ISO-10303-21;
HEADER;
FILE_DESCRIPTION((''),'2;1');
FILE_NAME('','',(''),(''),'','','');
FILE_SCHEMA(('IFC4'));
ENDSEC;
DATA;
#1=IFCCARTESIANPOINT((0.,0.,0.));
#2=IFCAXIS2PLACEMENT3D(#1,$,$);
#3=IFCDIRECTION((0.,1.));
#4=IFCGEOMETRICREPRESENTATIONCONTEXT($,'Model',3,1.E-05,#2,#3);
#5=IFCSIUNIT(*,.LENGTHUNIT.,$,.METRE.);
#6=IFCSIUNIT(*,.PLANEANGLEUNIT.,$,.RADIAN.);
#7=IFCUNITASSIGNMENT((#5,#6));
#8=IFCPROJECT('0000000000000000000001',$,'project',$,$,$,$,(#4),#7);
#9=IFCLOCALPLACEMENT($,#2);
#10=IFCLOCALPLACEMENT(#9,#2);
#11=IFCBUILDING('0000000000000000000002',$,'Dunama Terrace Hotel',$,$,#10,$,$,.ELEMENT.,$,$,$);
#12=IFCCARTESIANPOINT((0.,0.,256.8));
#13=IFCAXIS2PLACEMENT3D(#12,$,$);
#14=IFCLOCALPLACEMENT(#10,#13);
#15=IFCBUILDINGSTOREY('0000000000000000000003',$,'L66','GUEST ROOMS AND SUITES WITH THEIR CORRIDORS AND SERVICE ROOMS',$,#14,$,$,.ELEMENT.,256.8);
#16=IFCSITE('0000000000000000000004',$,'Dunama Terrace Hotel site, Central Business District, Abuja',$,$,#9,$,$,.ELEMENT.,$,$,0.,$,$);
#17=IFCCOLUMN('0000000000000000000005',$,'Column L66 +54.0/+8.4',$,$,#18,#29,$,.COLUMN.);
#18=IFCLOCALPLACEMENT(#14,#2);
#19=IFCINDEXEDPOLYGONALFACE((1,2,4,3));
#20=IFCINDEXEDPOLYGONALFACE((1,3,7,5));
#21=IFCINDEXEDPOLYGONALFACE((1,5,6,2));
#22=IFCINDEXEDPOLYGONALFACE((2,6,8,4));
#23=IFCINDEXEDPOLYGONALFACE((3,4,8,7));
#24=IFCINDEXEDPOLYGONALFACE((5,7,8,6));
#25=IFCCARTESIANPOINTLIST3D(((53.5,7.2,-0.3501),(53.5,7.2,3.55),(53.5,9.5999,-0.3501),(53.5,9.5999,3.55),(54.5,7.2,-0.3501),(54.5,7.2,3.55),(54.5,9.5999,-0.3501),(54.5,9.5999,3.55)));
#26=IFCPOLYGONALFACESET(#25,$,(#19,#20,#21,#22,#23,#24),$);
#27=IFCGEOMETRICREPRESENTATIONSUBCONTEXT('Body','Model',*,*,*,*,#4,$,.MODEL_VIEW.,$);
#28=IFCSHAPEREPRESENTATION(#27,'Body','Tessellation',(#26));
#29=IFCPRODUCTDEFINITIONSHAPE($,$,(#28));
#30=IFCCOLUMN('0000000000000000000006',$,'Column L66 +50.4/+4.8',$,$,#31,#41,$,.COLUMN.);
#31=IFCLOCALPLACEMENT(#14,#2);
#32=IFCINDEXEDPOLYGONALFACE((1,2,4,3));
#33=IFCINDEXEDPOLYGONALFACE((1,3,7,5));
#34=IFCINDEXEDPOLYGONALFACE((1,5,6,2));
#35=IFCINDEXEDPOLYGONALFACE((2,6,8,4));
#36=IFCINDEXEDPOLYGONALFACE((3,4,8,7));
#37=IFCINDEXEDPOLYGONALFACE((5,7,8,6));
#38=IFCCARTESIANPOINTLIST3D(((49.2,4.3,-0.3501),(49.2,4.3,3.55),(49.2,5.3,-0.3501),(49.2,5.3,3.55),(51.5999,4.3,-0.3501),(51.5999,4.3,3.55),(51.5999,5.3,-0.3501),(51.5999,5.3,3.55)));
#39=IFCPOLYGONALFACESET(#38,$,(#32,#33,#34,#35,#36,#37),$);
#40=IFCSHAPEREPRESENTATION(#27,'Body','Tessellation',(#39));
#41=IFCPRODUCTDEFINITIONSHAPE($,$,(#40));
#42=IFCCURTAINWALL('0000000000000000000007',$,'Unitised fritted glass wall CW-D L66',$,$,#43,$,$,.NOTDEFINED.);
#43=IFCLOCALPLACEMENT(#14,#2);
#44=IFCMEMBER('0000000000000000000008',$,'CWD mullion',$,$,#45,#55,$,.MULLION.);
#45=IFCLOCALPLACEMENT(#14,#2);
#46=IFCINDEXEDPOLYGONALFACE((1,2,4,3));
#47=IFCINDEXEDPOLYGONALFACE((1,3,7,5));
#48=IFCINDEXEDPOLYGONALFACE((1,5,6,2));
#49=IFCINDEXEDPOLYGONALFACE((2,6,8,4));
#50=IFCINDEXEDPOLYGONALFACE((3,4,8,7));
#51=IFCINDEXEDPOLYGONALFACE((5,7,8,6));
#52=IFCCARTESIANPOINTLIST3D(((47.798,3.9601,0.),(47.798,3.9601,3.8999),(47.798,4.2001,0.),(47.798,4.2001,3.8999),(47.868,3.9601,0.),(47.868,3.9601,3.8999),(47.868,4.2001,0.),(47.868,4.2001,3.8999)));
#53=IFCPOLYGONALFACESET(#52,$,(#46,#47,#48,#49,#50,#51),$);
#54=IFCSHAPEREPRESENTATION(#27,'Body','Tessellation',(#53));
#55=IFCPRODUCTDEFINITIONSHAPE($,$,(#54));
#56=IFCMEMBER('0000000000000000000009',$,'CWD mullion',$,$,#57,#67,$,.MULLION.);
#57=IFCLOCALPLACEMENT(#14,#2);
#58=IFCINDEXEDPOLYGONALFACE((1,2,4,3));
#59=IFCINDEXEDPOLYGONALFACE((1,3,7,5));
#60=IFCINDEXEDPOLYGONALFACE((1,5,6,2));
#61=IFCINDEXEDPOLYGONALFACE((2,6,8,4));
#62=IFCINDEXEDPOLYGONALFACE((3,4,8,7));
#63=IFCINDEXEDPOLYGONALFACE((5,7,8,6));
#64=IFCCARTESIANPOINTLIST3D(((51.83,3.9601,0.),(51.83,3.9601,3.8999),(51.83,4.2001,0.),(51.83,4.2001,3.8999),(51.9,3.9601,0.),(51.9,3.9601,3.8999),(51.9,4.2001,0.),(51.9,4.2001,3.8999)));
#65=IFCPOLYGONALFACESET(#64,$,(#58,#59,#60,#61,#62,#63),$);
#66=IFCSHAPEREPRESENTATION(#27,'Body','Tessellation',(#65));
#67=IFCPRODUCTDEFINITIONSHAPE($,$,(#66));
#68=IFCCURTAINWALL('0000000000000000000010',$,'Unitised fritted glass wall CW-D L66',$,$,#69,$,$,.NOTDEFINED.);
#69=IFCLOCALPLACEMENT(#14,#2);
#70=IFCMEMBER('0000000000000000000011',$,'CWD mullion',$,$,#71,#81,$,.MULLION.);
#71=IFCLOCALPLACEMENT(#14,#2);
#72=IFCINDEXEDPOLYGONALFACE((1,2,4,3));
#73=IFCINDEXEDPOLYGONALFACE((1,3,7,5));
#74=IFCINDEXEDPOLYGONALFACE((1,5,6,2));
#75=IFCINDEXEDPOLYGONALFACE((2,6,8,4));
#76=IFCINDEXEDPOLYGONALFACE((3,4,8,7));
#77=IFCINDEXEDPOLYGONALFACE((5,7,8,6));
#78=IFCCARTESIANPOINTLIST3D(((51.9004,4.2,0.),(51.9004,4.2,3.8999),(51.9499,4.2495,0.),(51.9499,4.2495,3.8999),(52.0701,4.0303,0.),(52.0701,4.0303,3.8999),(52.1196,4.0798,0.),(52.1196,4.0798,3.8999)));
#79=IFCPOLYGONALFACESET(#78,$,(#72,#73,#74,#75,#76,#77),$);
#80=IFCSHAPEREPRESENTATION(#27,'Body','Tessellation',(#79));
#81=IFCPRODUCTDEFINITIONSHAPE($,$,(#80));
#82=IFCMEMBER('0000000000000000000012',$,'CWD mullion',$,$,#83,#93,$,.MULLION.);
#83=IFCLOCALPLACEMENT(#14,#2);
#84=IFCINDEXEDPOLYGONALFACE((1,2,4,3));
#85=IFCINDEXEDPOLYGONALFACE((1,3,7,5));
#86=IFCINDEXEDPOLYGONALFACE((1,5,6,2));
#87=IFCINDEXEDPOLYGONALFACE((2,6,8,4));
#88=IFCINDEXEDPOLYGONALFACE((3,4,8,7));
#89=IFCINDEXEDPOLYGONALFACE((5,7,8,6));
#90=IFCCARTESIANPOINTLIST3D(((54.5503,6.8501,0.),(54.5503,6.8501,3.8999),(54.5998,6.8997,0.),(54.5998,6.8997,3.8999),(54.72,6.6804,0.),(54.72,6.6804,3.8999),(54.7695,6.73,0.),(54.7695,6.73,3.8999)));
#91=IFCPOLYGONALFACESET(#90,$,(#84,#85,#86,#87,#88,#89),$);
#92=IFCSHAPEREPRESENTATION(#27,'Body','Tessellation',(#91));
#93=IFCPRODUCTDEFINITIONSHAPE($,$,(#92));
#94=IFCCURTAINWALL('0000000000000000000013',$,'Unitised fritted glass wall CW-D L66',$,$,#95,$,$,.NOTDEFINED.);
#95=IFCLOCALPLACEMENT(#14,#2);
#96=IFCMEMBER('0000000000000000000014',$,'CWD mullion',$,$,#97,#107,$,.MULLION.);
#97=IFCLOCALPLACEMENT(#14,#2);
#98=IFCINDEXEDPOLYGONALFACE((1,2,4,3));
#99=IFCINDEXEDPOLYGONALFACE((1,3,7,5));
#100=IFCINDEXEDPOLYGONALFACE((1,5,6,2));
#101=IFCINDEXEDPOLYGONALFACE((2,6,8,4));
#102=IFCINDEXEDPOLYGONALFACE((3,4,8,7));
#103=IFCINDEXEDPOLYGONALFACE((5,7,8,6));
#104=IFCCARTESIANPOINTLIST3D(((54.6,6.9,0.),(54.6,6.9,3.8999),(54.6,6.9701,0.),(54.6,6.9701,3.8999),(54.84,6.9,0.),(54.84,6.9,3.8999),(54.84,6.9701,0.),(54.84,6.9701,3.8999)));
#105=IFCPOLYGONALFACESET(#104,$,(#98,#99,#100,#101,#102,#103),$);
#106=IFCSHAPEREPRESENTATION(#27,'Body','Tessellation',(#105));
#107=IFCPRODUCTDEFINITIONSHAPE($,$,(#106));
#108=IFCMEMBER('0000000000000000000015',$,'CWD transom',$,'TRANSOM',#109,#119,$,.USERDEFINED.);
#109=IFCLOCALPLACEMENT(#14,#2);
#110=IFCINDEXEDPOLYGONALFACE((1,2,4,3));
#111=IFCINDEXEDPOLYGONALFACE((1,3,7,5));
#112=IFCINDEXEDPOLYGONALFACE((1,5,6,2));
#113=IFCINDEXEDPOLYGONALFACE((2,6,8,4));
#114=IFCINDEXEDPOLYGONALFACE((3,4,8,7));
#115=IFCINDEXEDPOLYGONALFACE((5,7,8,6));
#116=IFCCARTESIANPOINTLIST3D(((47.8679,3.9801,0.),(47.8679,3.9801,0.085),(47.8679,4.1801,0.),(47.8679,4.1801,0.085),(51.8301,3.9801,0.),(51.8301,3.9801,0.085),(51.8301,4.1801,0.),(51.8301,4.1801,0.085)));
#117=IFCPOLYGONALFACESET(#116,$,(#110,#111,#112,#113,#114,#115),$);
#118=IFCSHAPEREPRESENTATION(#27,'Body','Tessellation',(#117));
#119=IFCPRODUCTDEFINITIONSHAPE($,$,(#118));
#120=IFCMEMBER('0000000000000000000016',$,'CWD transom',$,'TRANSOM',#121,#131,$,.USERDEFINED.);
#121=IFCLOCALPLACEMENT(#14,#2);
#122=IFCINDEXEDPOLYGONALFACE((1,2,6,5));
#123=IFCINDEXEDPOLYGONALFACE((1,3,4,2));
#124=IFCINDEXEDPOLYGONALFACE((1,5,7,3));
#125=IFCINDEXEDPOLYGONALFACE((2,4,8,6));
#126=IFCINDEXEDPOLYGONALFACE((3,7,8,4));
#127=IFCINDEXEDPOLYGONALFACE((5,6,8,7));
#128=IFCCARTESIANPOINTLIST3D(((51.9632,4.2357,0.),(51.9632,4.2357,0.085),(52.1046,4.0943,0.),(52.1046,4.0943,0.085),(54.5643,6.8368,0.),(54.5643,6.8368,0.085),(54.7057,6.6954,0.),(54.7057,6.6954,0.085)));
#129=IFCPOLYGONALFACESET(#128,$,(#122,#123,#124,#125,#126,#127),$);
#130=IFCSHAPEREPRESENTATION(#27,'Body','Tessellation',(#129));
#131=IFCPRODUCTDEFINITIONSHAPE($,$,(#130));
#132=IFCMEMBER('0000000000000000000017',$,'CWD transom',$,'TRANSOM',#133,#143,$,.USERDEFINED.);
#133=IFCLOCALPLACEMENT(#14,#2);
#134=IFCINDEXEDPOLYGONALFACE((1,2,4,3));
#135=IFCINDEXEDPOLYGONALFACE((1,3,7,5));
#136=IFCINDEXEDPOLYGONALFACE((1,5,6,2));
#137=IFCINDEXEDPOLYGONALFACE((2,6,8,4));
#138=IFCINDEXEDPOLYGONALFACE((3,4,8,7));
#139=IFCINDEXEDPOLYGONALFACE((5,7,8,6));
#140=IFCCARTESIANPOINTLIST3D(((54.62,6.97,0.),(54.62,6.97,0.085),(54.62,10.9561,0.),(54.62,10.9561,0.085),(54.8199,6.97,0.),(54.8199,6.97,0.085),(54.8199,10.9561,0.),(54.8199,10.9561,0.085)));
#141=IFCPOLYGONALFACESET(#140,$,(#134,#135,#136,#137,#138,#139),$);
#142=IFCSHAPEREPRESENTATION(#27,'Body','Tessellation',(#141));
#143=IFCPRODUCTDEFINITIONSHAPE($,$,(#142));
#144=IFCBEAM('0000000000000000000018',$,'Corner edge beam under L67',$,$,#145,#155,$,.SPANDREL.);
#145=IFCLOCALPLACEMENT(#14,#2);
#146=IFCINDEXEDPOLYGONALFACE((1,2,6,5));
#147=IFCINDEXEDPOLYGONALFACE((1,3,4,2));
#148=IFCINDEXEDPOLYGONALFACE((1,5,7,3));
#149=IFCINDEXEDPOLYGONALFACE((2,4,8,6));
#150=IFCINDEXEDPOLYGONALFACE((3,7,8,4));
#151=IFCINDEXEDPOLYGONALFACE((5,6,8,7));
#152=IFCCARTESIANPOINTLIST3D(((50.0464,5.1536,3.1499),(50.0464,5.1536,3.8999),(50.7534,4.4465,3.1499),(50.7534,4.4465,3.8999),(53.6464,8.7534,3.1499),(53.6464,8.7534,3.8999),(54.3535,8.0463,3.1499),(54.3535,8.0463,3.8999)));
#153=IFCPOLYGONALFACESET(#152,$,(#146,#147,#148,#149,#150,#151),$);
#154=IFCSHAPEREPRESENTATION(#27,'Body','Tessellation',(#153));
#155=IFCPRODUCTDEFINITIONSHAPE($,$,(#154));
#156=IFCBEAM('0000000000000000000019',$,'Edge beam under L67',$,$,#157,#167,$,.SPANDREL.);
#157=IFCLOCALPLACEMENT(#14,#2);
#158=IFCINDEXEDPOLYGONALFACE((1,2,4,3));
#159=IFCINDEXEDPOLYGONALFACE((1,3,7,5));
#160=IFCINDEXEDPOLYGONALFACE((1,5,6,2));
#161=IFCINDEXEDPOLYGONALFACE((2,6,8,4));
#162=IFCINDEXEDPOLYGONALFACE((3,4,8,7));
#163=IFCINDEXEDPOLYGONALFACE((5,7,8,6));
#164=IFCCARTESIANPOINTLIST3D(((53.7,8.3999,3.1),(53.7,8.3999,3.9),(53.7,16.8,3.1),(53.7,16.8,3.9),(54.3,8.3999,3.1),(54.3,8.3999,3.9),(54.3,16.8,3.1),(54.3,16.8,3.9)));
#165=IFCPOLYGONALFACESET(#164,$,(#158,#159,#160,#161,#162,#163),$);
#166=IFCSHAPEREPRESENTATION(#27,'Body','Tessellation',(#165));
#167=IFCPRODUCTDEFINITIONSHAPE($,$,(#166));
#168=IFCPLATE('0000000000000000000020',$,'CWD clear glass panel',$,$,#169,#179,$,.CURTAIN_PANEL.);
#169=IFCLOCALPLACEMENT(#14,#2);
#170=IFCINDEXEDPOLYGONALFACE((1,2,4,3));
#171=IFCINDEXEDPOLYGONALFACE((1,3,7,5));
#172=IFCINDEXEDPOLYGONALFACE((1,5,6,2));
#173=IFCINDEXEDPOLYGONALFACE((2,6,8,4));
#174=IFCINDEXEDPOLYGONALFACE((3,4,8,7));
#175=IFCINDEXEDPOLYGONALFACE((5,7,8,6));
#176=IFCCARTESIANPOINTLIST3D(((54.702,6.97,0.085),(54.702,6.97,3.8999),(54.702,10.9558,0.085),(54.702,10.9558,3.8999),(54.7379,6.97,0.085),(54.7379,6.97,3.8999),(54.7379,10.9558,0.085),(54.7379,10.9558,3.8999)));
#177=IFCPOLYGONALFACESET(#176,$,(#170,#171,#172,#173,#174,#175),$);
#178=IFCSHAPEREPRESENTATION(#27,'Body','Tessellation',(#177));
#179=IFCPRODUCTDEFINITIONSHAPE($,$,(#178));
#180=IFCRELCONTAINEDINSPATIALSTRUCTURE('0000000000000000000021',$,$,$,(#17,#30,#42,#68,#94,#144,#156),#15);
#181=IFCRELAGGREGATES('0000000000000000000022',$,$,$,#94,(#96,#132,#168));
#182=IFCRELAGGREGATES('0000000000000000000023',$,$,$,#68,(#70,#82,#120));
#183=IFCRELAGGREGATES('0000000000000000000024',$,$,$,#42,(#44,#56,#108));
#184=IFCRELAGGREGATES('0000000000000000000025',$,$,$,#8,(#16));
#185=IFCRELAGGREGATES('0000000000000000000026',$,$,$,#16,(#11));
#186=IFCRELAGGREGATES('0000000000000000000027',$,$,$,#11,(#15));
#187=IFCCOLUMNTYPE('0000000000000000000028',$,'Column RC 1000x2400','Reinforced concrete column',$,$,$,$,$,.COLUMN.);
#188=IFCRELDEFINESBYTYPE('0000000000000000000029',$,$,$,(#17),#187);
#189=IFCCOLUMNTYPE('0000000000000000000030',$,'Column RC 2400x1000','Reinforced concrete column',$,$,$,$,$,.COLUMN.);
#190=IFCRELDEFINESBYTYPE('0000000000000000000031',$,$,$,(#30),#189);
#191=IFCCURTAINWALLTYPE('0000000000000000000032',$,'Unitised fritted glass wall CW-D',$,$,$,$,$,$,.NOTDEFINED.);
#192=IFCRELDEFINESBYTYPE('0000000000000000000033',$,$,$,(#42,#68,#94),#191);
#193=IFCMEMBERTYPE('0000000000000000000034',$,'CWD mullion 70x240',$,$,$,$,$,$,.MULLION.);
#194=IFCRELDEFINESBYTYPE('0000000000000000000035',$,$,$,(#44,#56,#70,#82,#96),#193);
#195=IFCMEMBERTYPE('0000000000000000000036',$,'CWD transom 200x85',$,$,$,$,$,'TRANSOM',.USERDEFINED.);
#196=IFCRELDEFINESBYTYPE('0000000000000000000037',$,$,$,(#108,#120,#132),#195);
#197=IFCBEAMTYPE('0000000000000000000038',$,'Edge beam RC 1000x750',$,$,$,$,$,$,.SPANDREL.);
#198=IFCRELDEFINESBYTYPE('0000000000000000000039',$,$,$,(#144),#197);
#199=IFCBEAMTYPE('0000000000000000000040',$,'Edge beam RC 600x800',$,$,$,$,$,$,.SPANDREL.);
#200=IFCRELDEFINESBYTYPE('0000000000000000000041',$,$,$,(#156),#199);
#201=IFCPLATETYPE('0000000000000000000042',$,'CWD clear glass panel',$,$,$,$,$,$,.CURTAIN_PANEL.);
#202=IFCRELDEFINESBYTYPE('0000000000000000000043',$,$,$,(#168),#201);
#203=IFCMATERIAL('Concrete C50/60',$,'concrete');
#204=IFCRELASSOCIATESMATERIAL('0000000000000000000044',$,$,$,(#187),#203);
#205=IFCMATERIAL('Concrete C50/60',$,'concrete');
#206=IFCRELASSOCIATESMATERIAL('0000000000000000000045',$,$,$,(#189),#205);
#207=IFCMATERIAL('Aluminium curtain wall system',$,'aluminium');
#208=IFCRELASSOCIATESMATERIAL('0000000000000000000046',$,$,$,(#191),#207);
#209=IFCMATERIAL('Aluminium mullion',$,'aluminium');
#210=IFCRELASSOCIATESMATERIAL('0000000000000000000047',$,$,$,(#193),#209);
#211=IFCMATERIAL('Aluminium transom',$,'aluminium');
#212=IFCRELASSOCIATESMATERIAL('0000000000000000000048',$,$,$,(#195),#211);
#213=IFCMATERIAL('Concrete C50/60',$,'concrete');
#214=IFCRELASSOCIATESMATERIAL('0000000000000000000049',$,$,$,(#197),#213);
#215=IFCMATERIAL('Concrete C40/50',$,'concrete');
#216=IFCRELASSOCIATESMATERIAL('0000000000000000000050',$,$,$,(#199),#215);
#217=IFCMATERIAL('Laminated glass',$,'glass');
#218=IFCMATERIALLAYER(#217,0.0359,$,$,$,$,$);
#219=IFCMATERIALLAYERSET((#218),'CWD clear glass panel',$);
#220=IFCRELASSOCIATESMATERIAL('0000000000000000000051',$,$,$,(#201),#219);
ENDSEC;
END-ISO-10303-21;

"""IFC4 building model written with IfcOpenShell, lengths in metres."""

from ifc_helpers import new_model, si_unit, direction, frame, origin, origin_2d, place, context, subcontext, project, spatial, rectangle, extrude, material, layer, layer_set, material_profile, profile_set, type_object, element, aggregate, save


model = new_model("IFC4")

# Units and contexts
model_context = context("Model", 3, precision=1e-05, world=origin(), true_north=direction((0.0, 1.0)))
body_context = subcontext(model_context, "Body", "Model", "MODEL_VIEW")
ifc_project = project(units=[si_unit("LENGTHUNIT", "METRE"), si_unit("PLANEANGLEUNIT", "RADIAN")], contexts=[model_context])

# Site, building, storey
site_placement = place(None, origin())
site = spatial("IfcSite", under=ifc_project, at=site_placement, Name="Dunama Terrace Hotel site, Central Business District, Abuja", CompositionType="ELEMENT", RefElevation=0.0)
building_placement = place(site_placement, origin())
building = spatial("IfcBuilding", under=site, at=building_placement, Name="Dunama Terrace Hotel", CompositionType="ELEMENT")
storey_placement = place(building_placement, frame((0.0, 0.0, 256.8)))
storey = spatial("IfcBuildingStorey", under=building, at=storey_placement, Name="L66", Description="GUEST ROOMS AND SUITES WITH THEIR CORRIDORS AND SERVICE ROOMS", CompositionType="ELEMENT", Elevation=256.8)

# Columns
ifc_material_1 = material(Name="Concrete C50/60", Category="concrete")
ifc_material_profile_1 = material_profile(ifc_material_1, rectangle(XDim=1.0, YDim=2.3999, at=origin_2d()), Name="RC 1000x2400")
ifc_profile_set_1 = profile_set([ifc_material_profile_1], Name="Concrete C50/60")
column_type_1 = type_object("IfcColumnType", Name="Column RC 1000x2400", Description="Reinforced concrete column", PredefinedType="COLUMN", material=ifc_profile_set_1)
column_1_placement = place(storey_placement, frame((54.0, 8.3999, -0.3501), z_axis=(0.0, 0.0, 1.0), x_axis=(1.0, 0.0, 0.0)))
element("IfcColumn", 1, at=column_1_placement, inside=storey, type_object=column_type_1, Name="Column L66 +54.0/+8.4", PredefinedType="COLUMN", context=body_context, shape_type="SweptSolid", body=[
    extrude(rectangle(XDim=1.0, YDim=2.3999, at=origin_2d()), origin(), (0.0, 0.0, 1.0), 3.9001),
])
ifc_material_2 = material(Name="Concrete C50/60", Category="concrete")
ifc_material_profile_2 = material_profile(ifc_material_2, rectangle(XDim=2.3999, YDim=1.0, at=origin_2d()), Name="RC 2400x1000")
ifc_profile_set_2 = profile_set([ifc_material_profile_2], Name="Concrete C50/60")
column_type_2 = type_object("IfcColumnType", Name="Column RC 2400x1000", Description="Reinforced concrete column", PredefinedType="COLUMN", material=ifc_profile_set_2)
column_2_placement = place(storey_placement, frame((50.3999, 4.8, -0.3501), z_axis=(0.0, 0.0, 1.0), x_axis=(1.0, 0.0, 0.0)))
element("IfcColumn", 2, at=column_2_placement, inside=storey, type_object=column_type_2, Name="Column L66 +50.4/+4.8", PredefinedType="COLUMN", context=body_context, shape_type="SweptSolid", body=[
    extrude(rectangle(XDim=2.3999, YDim=1.0, at=origin_2d()), origin(), (0.0, 0.0, 1.0), 3.9001),
])

# Curtain walls, members
ifc_material_3 = material(Name="Aluminium curtain wall system", Category="aluminium")
curtain_wall_type = type_object("IfcCurtainWallType", Name="Unitised fritted glass wall CW-D", PredefinedType="NOTDEFINED", material=ifc_material_3)
curtain_wall_1_placement = place(storey_placement, origin())
curtain_wall_1 = element("IfcCurtainWall", 3, at=curtain_wall_1_placement, inside=storey, type_object=curtain_wall_type, Name="Unitised fritted glass wall CW-D L66", PredefinedType="NOTDEFINED")
ifc_material_4 = material(Name="Aluminium mullion", Category="aluminium")
ifc_material_profile_3 = material_profile(ifc_material_4, rectangle(XDim=0.0701, YDim=0.24, at=origin_2d()), Name="CWD MULLION 70X240")
ifc_profile_set_3 = profile_set([ifc_material_profile_3], Name="Aluminium mullion")
member_type_1 = type_object("IfcMemberType", Name="CWD mullion 70x240", PredefinedType="MULLION", material=ifc_profile_set_3)
member_1_placement = place(storey_placement, frame((47.833, 4.0801, 0.0), z_axis=(0.0, 0.0, 1.0), x_axis=(1.0, 0.0, 0.0)))
member_1 = element("IfcMember", 4, at=member_1_placement, type_object=member_type_1, Name="CWD mullion", PredefinedType="MULLION", context=body_context, shape_type="SweptSolid", body=[
    extrude(rectangle(XDim=0.0701, YDim=0.24, at=origin_2d()), origin(), (0.0, 0.0, 1.0), 3.8999),
])
member_2_placement = place(storey_placement, frame((51.865, 4.0801, 0.0), z_axis=(0.0, 0.0, 1.0), x_axis=(1.0, 0.0, 0.0)))
member_2 = element("IfcMember", 5, at=member_2_placement, type_object=member_type_1, Name="CWD mullion", PredefinedType="MULLION", context=body_context, shape_type="SweptSolid", body=[
    extrude(rectangle(XDim=0.0701, YDim=0.24, at=origin_2d()), origin(), (0.0, 0.0, 1.0), 3.8999),
])
curtain_wall_2_placement = place(storey_placement, origin())
curtain_wall_2 = element("IfcCurtainWall", 6, at=curtain_wall_2_placement, inside=storey, type_object=curtain_wall_type, Name="Unitised fritted glass wall CW-D L66", PredefinedType="NOTDEFINED")
member_3_placement = place(storey_placement, frame((52.01, 4.1399, 0.0), z_axis=(0.0, 0.0, 1.0), x_axis=(0.707107, 0.707107, 0.0)))
member_3 = element("IfcMember", 7, at=member_3_placement, type_object=member_type_1, Name="CWD mullion", PredefinedType="MULLION", context=body_context, shape_type="SweptSolid", body=[
    extrude(rectangle(XDim=0.0701, YDim=0.24, at=origin_2d()), origin(), (0.0, 0.0, 1.0), 3.8999),
])
member_4_placement = place(storey_placement, frame((54.6599, 6.79, 0.0), z_axis=(0.0, 0.0, 1.0), x_axis=(0.707107, 0.707107, 0.0)))
member_4 = element("IfcMember", 8, at=member_4_placement, type_object=member_type_1, Name="CWD mullion", PredefinedType="MULLION", context=body_context, shape_type="SweptSolid", body=[
    extrude(rectangle(XDim=0.0701, YDim=0.24, at=origin_2d()), origin(), (0.0, 0.0, 1.0), 3.8999),
])

# Curtain wall, member
curtain_wall_3_placement = place(storey_placement, origin())
curtain_wall_3 = element("IfcCurtainWall", 9, at=curtain_wall_3_placement, inside=storey, type_object=curtain_wall_type, Name="Unitised fritted glass wall CW-D L66", PredefinedType="NOTDEFINED")
member_5_placement = place(storey_placement, frame((54.72, 6.9351, 0.0), z_axis=(0.0, 0.0, 1.0), x_axis=(0.0, 1.0, 0.0)))
member_5 = element("IfcMember", 10, at=member_5_placement, type_object=member_type_1, Name="CWD mullion", PredefinedType="MULLION", context=body_context, shape_type="SweptSolid", body=[
    extrude(rectangle(XDim=0.0701, YDim=0.24, at=origin_2d()), origin(), (0.0, 0.0, 1.0), 3.8999),
])

# Members
ifc_material_5 = material(Name="Aluminium transom", Category="aluminium")
ifc_material_profile_4 = material_profile(ifc_material_5, rectangle(XDim=0.2, YDim=0.085, at=origin_2d()), Name="CWD TRANSOM 200X85")
ifc_profile_set_4 = profile_set([ifc_material_profile_4], Name="Aluminium transom")
member_type_2 = type_object("IfcMemberType", Name="CWD transom 200x85", ElementType="TRANSOM", PredefinedType="USERDEFINED", material=ifc_profile_set_4)
member_6_placement = place(storey_placement, frame((47.8679, 4.0801, 0.0425), z_axis=(1.0, 0.0, 0.0), x_axis=(0.0, 1.0, 0.0)))
member_6 = element("IfcMember", 11, at=member_6_placement, type_object=member_type_2, Name="CWD transom", ObjectType="TRANSOM", PredefinedType="USERDEFINED", context=body_context, shape_type="SweptSolid", body=[
    extrude(rectangle(XDim=0.2, YDim=0.085, at=origin_2d()), origin(), (0.0, 0.0, 1.0), 3.9622),
])
member_7_placement = place(storey_placement, frame((52.0339, 4.165, 0.0425), z_axis=(0.707107, 0.707107, 0.0), x_axis=(-0.707107, 0.707107, 0.0)))
member_7 = element("IfcMember", 12, at=member_7_placement, type_object=member_type_2, Name="CWD transom", ObjectType="TRANSOM", PredefinedType="USERDEFINED", context=body_context, shape_type="SweptSolid", body=[
    extrude(rectangle(XDim=0.2, YDim=0.085, at=origin_2d()), origin(), (0.0, 0.0, 1.0), 3.6785),
])
member_8_placement = place(storey_placement, frame((54.72, 6.97, 0.0425), z_axis=(0.0, 1.0, 0.0), x_axis=(-1.0, 0.0, 0.0)))
member_8 = element("IfcMember", 13, at=member_8_placement, type_object=member_type_2, Name="CWD transom", ObjectType="TRANSOM", PredefinedType="USERDEFINED", context=body_context, shape_type="SweptSolid", body=[
    extrude(rectangle(XDim=0.2, YDim=0.085, at=origin_2d()), origin(), (0.0, 0.0, 1.0), 3.9861),
])

# Beams
ifc_material_6 = material(Name="Concrete C50/60", Category="concrete")
ifc_material_profile_5 = material_profile(ifc_material_6, rectangle(XDim=1.0, YDim=0.75, at=origin_2d()), Name="RC 1000x750")
ifc_profile_set_5 = profile_set([ifc_material_profile_5], Name="Concrete C50/60")
beam_type_1 = type_object("IfcBeamType", Name="Edge beam RC 1000x750", PredefinedType="SPANDREL", material=ifc_profile_set_5)
beam_1_placement = place(storey_placement, frame((50.3999, 4.8, 3.5249), z_axis=(0.707131, 0.707083, 0.0), x_axis=(-0.707083, 0.707131, 0.0)))
element("IfcBeam", 14, at=beam_1_placement, inside=storey, type_object=beam_type_1, Name="Corner edge beam under L67", PredefinedType="SPANDREL", context=body_context, shape_type="SweptSolid", body=[
    extrude(rectangle(XDim=1.0, YDim=0.75, at=origin_2d()), origin(), (0.0, 0.0, 1.0), 5.0911),
])
ifc_material_7 = material(Name="Concrete C40/50", Category="concrete")
ifc_material_profile_6 = material_profile(ifc_material_7, rectangle(XDim=0.6001, YDim=0.8, at=origin_2d()), Name="RC 600x800")
ifc_profile_set_6 = profile_set([ifc_material_profile_6], Name="Concrete C40/50")
beam_type_2 = type_object("IfcBeamType", Name="Edge beam RC 600x800", PredefinedType="SPANDREL", material=ifc_profile_set_6)
beam_2_placement = place(storey_placement, frame((54.0, 8.3999, 3.5), z_axis=(0.0, 1.0, 0.0), x_axis=(-1.0, 0.0, 0.0)))
element("IfcBeam", 15, at=beam_2_placement, inside=storey, type_object=beam_type_2, Name="Edge beam under L67", PredefinedType="SPANDREL", context=body_context, shape_type="SweptSolid", body=[
    extrude(rectangle(XDim=0.6001, YDim=0.8, at=origin_2d()), origin(), (0.0, 0.0, 1.0), 8.4001),
])

# Plate
ifc_material_8 = material(Name="Laminated glass", Category="glass")
ifc_layer_1 = layer(ifc_material_8, 0.0359)
ifc_layer_set_1 = layer_set([ifc_layer_1], Name="CWD clear glass panel")
plate_type_1 = type_object("IfcPlateType", Name="CWD clear glass panel", PredefinedType="CURTAIN_PANEL", material=ifc_layer_set_1)
plate_1_placement = place(storey_placement, frame((54.72, 8.9629, 0.085), z_axis=(0.0, 0.0, 1.0), x_axis=(0.0, 1.0, 0.0)))
plate_1 = element("IfcPlate", 16, at=plate_1_placement, type_object=plate_type_1, Name="CWD clear glass panel", PredefinedType="CURTAIN_PANEL", context=body_context, shape_type="SweptSolid", body=[
    extrude(rectangle(XDim=3.9858, YDim=0.0359, at=origin_2d()), origin(), (0.0, 0.0, 1.0), 3.8149),
])
aggregate(curtain_wall_3, [member_5, member_8, plate_1])
aggregate(curtain_wall_2, [member_3, member_4, member_7])
aggregate(curtain_wall_1, [member_1, member_2, member_6])

save(model, "model.ifc")
